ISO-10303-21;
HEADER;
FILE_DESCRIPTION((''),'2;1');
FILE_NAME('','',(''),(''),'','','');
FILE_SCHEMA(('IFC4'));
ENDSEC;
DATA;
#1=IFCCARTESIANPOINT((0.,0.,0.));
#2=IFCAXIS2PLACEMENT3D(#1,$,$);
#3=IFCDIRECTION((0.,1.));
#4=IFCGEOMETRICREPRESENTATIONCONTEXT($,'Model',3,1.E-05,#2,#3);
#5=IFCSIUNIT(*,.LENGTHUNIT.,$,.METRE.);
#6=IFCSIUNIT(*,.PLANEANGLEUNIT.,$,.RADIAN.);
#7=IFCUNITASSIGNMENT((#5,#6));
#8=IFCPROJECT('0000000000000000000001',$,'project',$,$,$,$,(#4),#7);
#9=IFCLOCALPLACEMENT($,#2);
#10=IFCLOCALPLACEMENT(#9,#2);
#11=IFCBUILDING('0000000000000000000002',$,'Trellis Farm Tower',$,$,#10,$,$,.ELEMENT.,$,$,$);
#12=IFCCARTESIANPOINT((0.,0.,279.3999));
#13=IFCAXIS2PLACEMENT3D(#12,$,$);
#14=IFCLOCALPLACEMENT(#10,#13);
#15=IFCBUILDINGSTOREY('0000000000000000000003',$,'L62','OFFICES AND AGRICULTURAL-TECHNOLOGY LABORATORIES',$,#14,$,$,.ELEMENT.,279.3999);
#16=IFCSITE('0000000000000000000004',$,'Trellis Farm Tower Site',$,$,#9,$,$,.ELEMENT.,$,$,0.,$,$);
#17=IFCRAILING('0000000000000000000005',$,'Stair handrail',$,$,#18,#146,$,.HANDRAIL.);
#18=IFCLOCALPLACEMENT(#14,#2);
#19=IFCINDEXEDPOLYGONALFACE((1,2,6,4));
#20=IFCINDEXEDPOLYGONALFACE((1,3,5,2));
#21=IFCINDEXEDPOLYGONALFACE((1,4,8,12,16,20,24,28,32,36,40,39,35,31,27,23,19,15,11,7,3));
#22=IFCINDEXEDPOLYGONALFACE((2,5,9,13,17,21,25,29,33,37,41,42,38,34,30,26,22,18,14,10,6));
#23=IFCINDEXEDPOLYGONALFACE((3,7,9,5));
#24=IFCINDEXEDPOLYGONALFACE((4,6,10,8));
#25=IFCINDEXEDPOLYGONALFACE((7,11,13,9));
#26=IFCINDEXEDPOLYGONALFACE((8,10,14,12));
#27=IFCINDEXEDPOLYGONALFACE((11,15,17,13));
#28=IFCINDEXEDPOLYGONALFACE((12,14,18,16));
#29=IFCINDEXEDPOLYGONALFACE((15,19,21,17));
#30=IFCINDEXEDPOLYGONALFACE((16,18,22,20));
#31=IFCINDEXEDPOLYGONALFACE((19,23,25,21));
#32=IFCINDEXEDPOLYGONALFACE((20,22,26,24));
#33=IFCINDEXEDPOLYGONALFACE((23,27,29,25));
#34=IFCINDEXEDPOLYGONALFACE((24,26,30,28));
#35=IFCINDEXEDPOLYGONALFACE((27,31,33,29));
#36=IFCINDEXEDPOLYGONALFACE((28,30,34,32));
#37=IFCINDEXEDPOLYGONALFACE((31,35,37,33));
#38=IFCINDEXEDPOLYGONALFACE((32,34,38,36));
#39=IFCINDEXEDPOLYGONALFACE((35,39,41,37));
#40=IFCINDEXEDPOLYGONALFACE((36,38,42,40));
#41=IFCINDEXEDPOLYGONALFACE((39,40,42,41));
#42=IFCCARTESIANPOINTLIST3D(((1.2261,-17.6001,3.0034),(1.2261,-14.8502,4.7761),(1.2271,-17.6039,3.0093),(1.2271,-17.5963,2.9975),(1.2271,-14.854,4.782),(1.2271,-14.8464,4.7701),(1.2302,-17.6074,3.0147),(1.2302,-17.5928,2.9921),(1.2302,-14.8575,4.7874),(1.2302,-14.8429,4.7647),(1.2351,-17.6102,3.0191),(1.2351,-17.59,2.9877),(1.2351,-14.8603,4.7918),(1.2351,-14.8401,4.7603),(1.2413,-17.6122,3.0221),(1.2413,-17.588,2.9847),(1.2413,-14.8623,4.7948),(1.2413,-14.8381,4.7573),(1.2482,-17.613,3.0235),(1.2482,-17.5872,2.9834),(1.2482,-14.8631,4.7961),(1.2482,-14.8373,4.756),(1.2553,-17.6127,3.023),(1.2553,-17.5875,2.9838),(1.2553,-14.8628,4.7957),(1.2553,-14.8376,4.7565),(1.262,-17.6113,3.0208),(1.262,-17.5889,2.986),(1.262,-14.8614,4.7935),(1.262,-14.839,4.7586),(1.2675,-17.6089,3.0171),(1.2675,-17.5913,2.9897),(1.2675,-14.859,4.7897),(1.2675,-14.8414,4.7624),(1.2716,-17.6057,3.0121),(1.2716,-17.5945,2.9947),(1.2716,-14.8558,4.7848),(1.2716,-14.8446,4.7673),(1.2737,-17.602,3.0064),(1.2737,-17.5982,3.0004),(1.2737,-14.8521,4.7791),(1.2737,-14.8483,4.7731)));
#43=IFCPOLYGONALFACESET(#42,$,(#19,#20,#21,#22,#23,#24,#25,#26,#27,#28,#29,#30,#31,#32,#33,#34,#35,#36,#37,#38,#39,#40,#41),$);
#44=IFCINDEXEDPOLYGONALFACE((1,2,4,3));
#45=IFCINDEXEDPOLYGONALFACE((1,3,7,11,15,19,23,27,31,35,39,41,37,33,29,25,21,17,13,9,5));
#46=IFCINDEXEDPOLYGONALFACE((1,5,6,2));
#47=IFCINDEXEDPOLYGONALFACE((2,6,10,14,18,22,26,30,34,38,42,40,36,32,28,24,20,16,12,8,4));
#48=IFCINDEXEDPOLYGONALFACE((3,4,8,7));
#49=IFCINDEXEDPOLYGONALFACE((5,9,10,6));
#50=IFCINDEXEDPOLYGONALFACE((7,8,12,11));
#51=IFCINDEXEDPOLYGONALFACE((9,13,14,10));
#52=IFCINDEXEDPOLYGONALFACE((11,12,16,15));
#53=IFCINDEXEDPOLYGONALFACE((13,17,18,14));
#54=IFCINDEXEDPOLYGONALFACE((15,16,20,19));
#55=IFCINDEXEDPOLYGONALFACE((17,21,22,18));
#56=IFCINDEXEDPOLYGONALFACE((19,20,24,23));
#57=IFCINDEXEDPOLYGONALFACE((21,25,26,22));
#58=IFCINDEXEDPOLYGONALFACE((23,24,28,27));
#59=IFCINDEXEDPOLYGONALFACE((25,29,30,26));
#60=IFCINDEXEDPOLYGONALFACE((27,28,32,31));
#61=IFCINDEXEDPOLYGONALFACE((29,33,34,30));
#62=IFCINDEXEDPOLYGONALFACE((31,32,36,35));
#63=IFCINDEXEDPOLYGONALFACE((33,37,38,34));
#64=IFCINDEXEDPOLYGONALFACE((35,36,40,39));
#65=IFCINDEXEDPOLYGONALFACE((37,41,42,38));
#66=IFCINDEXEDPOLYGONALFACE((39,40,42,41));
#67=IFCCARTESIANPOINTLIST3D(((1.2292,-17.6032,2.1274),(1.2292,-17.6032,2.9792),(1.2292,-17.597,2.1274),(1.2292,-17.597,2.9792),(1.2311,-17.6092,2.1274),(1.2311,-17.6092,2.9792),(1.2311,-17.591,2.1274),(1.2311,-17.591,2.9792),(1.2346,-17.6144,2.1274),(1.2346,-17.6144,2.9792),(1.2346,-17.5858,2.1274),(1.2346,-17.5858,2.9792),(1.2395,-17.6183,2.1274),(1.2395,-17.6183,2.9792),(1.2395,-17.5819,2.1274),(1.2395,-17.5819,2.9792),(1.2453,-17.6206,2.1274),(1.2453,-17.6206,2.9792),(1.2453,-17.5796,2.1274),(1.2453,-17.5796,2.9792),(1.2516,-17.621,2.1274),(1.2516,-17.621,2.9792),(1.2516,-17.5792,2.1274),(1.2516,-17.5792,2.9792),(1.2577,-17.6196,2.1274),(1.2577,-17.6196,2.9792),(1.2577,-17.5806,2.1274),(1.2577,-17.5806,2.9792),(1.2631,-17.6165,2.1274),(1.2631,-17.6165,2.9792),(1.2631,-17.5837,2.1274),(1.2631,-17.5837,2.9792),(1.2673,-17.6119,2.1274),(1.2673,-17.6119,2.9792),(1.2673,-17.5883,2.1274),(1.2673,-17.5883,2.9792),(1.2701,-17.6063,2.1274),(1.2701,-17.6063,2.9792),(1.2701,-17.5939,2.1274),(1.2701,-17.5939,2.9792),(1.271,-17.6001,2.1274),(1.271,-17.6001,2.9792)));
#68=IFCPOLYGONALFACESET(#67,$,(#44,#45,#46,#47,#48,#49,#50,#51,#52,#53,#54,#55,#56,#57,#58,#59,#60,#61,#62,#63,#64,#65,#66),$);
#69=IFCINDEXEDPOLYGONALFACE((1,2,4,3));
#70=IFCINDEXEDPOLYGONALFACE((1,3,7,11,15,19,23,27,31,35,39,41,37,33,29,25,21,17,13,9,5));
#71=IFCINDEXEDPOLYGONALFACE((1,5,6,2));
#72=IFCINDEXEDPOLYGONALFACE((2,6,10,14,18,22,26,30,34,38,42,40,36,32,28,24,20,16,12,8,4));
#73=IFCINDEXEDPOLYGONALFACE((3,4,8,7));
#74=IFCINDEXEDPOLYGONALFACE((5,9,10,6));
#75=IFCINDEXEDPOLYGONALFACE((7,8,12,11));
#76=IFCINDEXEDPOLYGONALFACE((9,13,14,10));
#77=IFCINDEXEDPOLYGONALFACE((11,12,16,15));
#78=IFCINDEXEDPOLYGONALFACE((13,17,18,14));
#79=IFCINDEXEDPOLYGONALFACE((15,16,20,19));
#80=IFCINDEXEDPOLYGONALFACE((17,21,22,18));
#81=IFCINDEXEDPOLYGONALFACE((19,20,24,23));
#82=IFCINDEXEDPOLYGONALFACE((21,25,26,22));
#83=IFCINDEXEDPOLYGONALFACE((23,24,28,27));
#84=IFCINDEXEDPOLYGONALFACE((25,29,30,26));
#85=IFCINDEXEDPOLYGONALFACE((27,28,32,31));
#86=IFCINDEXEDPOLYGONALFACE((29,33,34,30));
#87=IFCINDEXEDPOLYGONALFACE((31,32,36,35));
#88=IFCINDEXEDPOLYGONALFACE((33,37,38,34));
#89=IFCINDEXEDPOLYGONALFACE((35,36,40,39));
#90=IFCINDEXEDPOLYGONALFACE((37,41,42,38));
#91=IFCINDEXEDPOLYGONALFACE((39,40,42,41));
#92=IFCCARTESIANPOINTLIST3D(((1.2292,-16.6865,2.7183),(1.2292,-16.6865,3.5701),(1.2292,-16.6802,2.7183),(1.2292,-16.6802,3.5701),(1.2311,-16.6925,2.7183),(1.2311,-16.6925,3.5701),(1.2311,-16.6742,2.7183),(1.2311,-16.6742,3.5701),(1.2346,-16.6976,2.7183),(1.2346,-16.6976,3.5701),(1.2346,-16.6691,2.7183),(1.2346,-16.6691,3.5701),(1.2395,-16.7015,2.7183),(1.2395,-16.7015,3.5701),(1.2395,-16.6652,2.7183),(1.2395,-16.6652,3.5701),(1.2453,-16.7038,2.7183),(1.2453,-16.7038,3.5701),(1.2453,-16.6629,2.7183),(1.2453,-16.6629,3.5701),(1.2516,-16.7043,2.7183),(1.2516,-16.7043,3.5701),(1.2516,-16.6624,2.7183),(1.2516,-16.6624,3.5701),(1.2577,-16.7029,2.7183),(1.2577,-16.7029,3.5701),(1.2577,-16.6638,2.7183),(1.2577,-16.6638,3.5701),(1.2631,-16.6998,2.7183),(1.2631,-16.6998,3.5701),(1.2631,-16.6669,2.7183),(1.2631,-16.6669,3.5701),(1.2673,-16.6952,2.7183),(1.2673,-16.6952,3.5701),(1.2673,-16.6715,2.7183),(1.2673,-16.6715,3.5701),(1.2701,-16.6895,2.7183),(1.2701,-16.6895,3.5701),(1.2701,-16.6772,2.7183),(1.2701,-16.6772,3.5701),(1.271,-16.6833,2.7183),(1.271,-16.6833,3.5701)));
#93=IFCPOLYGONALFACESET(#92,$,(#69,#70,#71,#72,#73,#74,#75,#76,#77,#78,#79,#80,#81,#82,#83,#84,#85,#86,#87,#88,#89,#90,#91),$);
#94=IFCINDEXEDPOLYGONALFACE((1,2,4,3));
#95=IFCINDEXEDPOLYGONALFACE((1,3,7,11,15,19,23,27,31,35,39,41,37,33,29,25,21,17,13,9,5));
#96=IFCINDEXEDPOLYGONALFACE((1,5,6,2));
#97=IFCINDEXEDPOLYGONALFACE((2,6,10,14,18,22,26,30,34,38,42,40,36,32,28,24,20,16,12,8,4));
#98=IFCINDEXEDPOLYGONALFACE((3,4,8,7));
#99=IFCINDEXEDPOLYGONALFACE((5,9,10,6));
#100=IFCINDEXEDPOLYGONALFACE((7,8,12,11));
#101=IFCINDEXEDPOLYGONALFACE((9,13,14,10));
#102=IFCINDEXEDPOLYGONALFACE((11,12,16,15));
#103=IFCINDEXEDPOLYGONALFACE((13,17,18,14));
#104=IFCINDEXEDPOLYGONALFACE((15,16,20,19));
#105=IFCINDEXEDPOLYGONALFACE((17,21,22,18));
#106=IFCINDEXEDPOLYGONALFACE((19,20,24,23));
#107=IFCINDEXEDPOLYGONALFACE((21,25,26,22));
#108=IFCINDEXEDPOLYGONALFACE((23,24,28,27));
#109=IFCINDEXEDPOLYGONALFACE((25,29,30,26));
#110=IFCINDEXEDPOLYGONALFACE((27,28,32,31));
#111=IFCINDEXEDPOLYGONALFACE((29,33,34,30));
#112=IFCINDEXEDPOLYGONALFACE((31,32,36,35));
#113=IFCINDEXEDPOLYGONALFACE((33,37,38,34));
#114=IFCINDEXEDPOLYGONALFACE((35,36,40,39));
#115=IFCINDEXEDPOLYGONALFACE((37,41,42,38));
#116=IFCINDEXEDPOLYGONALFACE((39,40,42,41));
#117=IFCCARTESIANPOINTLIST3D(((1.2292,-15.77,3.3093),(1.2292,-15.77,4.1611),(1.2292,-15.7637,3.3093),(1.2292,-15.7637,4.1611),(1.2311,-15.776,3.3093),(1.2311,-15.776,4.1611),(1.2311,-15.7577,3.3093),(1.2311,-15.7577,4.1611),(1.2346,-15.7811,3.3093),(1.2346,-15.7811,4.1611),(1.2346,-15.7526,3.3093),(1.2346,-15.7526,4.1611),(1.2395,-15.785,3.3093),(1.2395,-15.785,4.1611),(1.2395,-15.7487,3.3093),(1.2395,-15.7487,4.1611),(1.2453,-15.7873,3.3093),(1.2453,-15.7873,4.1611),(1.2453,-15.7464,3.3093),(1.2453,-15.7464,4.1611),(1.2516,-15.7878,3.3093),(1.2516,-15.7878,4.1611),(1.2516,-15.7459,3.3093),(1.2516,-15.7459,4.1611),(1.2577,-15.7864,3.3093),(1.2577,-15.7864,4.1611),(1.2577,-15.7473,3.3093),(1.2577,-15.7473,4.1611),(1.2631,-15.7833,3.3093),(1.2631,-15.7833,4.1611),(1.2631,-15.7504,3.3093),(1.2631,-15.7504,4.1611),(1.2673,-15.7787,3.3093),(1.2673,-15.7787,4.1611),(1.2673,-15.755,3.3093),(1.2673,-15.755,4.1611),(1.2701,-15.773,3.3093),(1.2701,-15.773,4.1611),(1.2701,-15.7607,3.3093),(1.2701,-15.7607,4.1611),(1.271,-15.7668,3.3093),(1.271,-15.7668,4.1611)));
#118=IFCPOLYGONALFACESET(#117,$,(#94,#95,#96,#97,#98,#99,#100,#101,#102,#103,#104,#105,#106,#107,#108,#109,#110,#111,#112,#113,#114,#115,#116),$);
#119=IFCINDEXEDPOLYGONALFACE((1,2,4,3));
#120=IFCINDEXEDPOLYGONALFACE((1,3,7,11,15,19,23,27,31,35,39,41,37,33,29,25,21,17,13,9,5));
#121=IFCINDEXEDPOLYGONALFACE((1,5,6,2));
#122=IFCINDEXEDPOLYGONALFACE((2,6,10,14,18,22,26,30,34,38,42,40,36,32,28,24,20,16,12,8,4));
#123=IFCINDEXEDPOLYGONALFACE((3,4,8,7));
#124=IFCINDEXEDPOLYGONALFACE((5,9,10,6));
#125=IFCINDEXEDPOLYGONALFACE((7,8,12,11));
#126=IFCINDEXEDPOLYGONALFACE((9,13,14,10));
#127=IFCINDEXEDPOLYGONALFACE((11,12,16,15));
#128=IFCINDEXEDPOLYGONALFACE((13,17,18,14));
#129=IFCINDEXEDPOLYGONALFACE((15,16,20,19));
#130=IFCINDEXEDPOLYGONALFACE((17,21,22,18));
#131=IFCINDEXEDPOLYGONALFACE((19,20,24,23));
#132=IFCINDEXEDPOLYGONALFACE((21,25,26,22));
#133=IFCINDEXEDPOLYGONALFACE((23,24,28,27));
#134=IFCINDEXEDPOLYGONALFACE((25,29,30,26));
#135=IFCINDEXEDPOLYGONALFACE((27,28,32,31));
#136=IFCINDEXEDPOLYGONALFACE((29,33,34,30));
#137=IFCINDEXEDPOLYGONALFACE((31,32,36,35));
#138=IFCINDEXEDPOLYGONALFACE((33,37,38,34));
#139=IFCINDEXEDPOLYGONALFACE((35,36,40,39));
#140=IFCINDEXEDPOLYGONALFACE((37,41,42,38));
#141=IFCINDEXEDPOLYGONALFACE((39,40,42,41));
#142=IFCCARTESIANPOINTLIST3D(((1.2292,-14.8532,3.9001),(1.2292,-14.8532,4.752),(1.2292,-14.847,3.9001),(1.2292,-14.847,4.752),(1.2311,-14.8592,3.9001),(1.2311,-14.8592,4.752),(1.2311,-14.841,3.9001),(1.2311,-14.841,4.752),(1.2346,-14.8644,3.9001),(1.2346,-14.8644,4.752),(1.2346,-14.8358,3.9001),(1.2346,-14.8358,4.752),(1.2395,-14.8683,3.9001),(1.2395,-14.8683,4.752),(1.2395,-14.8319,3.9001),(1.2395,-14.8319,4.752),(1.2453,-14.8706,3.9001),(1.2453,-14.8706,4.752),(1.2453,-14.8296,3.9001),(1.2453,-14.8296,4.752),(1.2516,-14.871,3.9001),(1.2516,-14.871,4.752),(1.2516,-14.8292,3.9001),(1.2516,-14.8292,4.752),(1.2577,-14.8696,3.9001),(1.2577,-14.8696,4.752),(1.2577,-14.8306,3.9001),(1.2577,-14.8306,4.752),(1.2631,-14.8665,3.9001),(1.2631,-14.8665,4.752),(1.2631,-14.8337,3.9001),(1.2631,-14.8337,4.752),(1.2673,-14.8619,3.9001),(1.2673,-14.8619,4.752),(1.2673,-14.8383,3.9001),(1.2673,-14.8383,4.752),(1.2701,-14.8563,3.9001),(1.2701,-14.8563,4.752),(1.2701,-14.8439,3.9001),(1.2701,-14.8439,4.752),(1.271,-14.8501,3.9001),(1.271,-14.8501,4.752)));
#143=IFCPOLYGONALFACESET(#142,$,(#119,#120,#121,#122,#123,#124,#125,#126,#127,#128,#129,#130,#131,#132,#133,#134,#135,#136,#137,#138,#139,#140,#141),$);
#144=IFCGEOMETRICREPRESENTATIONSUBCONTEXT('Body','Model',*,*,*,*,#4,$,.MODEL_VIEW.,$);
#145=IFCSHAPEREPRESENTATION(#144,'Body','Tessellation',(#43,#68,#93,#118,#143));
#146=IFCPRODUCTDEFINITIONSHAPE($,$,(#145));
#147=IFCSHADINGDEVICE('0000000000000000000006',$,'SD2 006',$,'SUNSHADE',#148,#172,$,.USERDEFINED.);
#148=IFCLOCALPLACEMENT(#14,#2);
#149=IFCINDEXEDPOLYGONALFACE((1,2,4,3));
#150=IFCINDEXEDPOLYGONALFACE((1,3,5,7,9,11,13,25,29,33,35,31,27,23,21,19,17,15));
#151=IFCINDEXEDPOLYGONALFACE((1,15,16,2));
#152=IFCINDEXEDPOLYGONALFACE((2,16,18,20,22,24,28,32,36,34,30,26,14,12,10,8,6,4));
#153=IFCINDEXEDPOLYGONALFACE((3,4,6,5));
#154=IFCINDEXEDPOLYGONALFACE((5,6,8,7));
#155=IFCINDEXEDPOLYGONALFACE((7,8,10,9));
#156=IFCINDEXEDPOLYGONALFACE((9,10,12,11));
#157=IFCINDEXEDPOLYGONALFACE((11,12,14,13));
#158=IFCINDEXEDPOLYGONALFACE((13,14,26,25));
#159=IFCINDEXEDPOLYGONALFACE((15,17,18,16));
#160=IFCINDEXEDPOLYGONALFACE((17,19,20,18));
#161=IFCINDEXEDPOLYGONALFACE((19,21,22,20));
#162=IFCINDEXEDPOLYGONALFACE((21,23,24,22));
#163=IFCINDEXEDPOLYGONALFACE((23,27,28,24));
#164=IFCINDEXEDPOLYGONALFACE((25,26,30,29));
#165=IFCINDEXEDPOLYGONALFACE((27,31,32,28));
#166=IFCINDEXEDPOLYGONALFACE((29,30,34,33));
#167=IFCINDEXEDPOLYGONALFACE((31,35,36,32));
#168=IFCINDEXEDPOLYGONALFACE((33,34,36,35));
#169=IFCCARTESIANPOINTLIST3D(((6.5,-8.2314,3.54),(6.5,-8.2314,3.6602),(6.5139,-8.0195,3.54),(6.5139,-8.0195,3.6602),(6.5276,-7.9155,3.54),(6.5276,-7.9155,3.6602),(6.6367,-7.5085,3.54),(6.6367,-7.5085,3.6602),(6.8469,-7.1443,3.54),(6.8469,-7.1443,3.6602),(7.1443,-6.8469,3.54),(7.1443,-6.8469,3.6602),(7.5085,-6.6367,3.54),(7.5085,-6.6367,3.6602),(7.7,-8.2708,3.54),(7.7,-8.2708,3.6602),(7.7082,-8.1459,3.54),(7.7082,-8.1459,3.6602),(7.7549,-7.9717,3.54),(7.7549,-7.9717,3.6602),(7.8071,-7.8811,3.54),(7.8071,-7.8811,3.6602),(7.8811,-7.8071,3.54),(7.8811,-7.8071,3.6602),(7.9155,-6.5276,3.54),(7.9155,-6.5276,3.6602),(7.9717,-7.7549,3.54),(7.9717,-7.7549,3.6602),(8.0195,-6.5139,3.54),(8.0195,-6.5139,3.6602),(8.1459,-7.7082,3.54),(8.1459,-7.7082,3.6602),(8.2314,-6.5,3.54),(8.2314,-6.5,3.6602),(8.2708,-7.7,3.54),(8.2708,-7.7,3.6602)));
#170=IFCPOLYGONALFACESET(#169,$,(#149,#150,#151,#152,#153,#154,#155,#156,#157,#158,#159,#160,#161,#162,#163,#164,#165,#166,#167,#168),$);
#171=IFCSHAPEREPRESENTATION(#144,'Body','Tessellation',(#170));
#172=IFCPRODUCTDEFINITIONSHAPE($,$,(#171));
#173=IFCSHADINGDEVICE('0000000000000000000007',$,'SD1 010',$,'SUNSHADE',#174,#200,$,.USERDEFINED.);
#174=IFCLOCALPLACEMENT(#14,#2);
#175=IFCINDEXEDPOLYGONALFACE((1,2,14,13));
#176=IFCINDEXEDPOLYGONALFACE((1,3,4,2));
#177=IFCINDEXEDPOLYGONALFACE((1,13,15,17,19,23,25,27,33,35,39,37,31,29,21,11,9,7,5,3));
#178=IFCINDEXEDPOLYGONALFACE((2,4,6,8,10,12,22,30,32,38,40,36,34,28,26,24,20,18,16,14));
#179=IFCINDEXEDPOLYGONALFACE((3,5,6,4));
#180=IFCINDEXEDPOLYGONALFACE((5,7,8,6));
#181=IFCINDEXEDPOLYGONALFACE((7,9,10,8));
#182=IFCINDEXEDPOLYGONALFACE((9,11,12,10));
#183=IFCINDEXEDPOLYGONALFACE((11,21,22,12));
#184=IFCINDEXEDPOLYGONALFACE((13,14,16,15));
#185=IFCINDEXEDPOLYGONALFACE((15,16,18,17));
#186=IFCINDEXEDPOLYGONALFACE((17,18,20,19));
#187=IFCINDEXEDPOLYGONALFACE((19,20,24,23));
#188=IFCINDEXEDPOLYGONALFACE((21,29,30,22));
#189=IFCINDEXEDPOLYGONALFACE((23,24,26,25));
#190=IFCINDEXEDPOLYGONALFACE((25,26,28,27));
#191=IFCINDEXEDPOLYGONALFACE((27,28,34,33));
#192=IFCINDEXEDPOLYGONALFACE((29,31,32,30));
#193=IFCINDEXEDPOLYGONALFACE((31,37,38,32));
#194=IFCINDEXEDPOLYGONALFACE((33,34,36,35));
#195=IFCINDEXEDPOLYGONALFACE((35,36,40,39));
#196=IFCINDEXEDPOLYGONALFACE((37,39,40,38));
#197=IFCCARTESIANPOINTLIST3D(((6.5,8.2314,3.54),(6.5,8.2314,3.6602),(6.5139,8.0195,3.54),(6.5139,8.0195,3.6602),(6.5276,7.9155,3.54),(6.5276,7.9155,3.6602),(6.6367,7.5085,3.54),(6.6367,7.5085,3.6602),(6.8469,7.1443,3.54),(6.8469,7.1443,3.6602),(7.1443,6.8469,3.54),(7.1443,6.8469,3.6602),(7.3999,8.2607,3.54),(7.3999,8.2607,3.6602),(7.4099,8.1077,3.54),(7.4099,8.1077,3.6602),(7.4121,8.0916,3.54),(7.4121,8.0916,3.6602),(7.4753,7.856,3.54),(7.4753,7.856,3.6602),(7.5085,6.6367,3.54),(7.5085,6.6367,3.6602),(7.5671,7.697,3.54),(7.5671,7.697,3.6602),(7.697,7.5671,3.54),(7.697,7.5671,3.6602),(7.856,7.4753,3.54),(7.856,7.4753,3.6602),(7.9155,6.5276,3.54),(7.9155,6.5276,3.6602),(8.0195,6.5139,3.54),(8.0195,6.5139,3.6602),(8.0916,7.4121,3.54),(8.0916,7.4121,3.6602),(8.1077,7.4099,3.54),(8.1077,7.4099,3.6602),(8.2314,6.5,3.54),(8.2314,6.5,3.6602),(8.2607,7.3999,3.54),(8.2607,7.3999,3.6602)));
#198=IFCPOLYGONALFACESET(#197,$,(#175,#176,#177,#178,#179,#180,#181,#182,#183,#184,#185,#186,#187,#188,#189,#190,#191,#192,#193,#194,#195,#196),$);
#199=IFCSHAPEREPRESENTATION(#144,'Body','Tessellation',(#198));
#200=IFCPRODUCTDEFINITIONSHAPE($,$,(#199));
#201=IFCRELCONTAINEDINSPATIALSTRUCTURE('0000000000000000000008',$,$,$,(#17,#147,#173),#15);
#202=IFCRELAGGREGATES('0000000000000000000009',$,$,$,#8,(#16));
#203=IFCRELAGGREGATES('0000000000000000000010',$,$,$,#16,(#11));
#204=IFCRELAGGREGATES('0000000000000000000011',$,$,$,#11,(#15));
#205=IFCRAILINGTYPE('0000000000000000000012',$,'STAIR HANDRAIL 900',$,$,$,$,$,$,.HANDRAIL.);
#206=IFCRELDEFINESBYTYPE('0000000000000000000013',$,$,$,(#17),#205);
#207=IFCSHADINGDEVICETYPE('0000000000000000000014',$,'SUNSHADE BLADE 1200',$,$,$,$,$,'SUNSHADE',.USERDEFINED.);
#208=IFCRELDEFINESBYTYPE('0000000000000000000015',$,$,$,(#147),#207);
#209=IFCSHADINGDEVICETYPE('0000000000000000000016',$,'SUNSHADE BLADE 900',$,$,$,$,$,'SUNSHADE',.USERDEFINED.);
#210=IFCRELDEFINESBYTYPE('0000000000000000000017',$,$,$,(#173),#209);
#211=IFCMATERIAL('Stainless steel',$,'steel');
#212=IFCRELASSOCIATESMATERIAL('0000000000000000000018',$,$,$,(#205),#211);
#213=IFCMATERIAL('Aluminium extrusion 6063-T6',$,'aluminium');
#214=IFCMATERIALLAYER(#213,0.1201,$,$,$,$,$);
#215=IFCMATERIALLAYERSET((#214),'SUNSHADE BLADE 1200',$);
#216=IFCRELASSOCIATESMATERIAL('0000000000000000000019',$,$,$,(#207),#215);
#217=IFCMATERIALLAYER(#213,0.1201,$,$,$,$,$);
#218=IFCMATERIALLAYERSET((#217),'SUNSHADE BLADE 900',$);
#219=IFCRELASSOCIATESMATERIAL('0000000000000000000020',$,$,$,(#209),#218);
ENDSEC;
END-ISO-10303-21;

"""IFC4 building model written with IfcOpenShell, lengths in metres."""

from ifc_helpers import new_model, si_unit, direction, frame, origin, origin_2d, place, context, subcontext, project, spatial, polyline, circle, outline, extrude, source, transform, mapped, material, layer, layer_set, type_object, element, save


model = new_model("IFC4")

# Units and contexts
model_context = context("Model", 3, precision=1e-05, world=origin(), true_north=direction((0.0, 1.0)))
body_context = subcontext(model_context, "Body", "Model", "MODEL_VIEW")
ifc_project = project(units=[si_unit("LENGTHUNIT", "METRE"), si_unit("PLANEANGLEUNIT", "RADIAN")], contexts=[model_context])

# Site, building, storey
site_placement = place(None, origin())
site = spatial("IfcSite", under=ifc_project, at=site_placement, Name="Trellis Farm Tower Site", CompositionType="ELEMENT", RefElevation=0.0)
building_placement = place(site_placement, origin())
building = spatial("IfcBuilding", under=site, at=building_placement, Name="Trellis Farm Tower", CompositionType="ELEMENT")
storey_placement = place(building_placement, frame((0.0, 0.0, 279.3999)))
storey = spatial("IfcBuildingStorey", under=building, at=storey_placement, Name="L62", Description="OFFICES AND AGRICULTURAL-TECHNOLOGY LABORATORIES", CompositionType="ELEMENT", Elevation=279.3999)

# Shared definitions
ifc_material_1 = material(Name="Aluminium extrusion 6063-T6", Category="aluminium")

# Railing
ifc_material_2 = material(Name="Stainless steel", Category="steel")
railing_type = type_object("IfcRailingType", Name="STAIR HANDRAIL 900", PredefinedType="HANDRAIL", material=ifc_material_2)
shared_shape_1 = source(origin(), body_context, "Body", "SweptSolid", [
    extrude(circle(Radius=0.0239, at=origin_2d()), frame((0.0, 0.0, 0.876), z_axis=(0.0, 0.840504, 0.541806), x_axis=(-1.0, 0.0, 0.0)), (0.0, 0.0, 1.0), 3.2717),
    extrude(circle(Radius=0.021, at=origin_2d()), origin(), (0.0, 0.0, 1.0), 0.8518),
    extrude(circle(Radius=0.021, at=origin_2d()), frame((0.0, 0.9167, 0.5908)), (0.0, 0.0, 1.0), 0.8518),
    extrude(circle(Radius=0.021, at=origin_2d()), frame((0.0, 1.8333, 1.1819)), (0.0, 0.0, 1.0), 0.8518),
    extrude(circle(Radius=0.021, at=origin_2d()), frame((0.0, 2.75, 1.7727)), (0.0, 0.0, 1.0), 0.8518),
])
railing_placement = place(storey_placement, frame((1.25, -17.6001, 2.1274)))
element("IfcRailing", 1, at=railing_placement, inside=storey, type_object=railing_type, Name="Stair handrail", PredefinedType="HANDRAIL", context=body_context, shape_type="MappedRepresentation", body=[
    mapped(shared_shape_1, transform((0.0, 0.0, 0.0))),
])

# Shading devices
ifc_layer_1 = layer(ifc_material_1, 0.1201)
ifc_layer_set_1 = layer_set([ifc_layer_1], Name="SUNSHADE BLADE 1200")
shading_device_type_1 = type_object("IfcShadingDeviceType", Name="SUNSHADE BLADE 1200", ElementType="SUNSHADE", PredefinedType="USERDEFINED", material=ifc_layer_set_1)
shared_shape_2 = source(origin(), body_context, "Body", "SweptSolid", [
    extrude(outline(polyline([(7.7, -8.2708), (7.7087, -8.1372), (7.707, -8.1501), (7.7549, -7.9717), (7.8071, -7.8811), (7.8811, -7.8071), (7.9717, -7.7549), (8.1501, -7.707), (8.1372, -7.7087), (8.2708, -7.7), (8.2314, -6.5), (8.0195, -6.5139), (7.9155, -6.5276), (7.5085, -6.6367), (7.1443, -6.8469), (6.8469, -7.1443), (6.6367, -7.5085), (6.5276, -7.9155), (6.5139, -8.0195), (6.5, -8.2314), (7.7, -8.2708)])), origin(), (0.0, 0.0, 1.0), 0.1201),
])
placement_1 = place(storey_placement, frame((0.0, 0.0, 3.54)))
element("IfcShadingDevice", 2, at=placement_1, inside=storey, type_object=shading_device_type_1, Name="SD2 006", ObjectType="SUNSHADE", PredefinedType="USERDEFINED", context=body_context, shape_type="MappedRepresentation", body=[
    mapped(shared_shape_2, transform((0.0, 0.0, 0.0))),
])
ifc_layer_2 = layer(ifc_material_1, 0.1201)
ifc_layer_set_2 = layer_set([ifc_layer_2], Name="SUNSHADE BLADE 900")
shading_device_type_2 = type_object("IfcShadingDeviceType", Name="SUNSHADE BLADE 900", ElementType="SUNSHADE", PredefinedType="USERDEFINED", material=ifc_layer_set_2)
shared_shape_3 = source(origin(), body_context, "Body", "SweptSolid", [
    extrude(outline(polyline([(8.2607, 7.3999), (8.1077, 7.4099), (8.0916, 7.4121), (7.856, 7.4753), (7.697, 7.5671), (7.5671, 7.697), (7.4753, 7.856), (7.4121, 8.0916), (7.4099, 8.1077), (7.3999, 8.2607), (6.5, 8.2314), (6.5139, 8.0195), (6.5276, 7.9155), (6.6367, 7.5085), (6.8469, 7.1443), (7.1443, 6.8469), (7.5085, 6.6367), (7.9155, 6.5276), (8.0195, 6.5139), (8.2314, 6.5), (8.2607, 7.3999)])), origin(), (0.0, 0.0, 1.0), 0.1201),
])
element("IfcShadingDevice", 3, at=placement_1, inside=storey, type_object=shading_device_type_2, Name="SD1 010", ObjectType="SUNSHADE", PredefinedType="USERDEFINED", context=body_context, shape_type="MappedRepresentation", body=[
    mapped(shared_shape_3, transform((0.0, 0.0, 0.0))),
])

save(model, "model.ifc")
